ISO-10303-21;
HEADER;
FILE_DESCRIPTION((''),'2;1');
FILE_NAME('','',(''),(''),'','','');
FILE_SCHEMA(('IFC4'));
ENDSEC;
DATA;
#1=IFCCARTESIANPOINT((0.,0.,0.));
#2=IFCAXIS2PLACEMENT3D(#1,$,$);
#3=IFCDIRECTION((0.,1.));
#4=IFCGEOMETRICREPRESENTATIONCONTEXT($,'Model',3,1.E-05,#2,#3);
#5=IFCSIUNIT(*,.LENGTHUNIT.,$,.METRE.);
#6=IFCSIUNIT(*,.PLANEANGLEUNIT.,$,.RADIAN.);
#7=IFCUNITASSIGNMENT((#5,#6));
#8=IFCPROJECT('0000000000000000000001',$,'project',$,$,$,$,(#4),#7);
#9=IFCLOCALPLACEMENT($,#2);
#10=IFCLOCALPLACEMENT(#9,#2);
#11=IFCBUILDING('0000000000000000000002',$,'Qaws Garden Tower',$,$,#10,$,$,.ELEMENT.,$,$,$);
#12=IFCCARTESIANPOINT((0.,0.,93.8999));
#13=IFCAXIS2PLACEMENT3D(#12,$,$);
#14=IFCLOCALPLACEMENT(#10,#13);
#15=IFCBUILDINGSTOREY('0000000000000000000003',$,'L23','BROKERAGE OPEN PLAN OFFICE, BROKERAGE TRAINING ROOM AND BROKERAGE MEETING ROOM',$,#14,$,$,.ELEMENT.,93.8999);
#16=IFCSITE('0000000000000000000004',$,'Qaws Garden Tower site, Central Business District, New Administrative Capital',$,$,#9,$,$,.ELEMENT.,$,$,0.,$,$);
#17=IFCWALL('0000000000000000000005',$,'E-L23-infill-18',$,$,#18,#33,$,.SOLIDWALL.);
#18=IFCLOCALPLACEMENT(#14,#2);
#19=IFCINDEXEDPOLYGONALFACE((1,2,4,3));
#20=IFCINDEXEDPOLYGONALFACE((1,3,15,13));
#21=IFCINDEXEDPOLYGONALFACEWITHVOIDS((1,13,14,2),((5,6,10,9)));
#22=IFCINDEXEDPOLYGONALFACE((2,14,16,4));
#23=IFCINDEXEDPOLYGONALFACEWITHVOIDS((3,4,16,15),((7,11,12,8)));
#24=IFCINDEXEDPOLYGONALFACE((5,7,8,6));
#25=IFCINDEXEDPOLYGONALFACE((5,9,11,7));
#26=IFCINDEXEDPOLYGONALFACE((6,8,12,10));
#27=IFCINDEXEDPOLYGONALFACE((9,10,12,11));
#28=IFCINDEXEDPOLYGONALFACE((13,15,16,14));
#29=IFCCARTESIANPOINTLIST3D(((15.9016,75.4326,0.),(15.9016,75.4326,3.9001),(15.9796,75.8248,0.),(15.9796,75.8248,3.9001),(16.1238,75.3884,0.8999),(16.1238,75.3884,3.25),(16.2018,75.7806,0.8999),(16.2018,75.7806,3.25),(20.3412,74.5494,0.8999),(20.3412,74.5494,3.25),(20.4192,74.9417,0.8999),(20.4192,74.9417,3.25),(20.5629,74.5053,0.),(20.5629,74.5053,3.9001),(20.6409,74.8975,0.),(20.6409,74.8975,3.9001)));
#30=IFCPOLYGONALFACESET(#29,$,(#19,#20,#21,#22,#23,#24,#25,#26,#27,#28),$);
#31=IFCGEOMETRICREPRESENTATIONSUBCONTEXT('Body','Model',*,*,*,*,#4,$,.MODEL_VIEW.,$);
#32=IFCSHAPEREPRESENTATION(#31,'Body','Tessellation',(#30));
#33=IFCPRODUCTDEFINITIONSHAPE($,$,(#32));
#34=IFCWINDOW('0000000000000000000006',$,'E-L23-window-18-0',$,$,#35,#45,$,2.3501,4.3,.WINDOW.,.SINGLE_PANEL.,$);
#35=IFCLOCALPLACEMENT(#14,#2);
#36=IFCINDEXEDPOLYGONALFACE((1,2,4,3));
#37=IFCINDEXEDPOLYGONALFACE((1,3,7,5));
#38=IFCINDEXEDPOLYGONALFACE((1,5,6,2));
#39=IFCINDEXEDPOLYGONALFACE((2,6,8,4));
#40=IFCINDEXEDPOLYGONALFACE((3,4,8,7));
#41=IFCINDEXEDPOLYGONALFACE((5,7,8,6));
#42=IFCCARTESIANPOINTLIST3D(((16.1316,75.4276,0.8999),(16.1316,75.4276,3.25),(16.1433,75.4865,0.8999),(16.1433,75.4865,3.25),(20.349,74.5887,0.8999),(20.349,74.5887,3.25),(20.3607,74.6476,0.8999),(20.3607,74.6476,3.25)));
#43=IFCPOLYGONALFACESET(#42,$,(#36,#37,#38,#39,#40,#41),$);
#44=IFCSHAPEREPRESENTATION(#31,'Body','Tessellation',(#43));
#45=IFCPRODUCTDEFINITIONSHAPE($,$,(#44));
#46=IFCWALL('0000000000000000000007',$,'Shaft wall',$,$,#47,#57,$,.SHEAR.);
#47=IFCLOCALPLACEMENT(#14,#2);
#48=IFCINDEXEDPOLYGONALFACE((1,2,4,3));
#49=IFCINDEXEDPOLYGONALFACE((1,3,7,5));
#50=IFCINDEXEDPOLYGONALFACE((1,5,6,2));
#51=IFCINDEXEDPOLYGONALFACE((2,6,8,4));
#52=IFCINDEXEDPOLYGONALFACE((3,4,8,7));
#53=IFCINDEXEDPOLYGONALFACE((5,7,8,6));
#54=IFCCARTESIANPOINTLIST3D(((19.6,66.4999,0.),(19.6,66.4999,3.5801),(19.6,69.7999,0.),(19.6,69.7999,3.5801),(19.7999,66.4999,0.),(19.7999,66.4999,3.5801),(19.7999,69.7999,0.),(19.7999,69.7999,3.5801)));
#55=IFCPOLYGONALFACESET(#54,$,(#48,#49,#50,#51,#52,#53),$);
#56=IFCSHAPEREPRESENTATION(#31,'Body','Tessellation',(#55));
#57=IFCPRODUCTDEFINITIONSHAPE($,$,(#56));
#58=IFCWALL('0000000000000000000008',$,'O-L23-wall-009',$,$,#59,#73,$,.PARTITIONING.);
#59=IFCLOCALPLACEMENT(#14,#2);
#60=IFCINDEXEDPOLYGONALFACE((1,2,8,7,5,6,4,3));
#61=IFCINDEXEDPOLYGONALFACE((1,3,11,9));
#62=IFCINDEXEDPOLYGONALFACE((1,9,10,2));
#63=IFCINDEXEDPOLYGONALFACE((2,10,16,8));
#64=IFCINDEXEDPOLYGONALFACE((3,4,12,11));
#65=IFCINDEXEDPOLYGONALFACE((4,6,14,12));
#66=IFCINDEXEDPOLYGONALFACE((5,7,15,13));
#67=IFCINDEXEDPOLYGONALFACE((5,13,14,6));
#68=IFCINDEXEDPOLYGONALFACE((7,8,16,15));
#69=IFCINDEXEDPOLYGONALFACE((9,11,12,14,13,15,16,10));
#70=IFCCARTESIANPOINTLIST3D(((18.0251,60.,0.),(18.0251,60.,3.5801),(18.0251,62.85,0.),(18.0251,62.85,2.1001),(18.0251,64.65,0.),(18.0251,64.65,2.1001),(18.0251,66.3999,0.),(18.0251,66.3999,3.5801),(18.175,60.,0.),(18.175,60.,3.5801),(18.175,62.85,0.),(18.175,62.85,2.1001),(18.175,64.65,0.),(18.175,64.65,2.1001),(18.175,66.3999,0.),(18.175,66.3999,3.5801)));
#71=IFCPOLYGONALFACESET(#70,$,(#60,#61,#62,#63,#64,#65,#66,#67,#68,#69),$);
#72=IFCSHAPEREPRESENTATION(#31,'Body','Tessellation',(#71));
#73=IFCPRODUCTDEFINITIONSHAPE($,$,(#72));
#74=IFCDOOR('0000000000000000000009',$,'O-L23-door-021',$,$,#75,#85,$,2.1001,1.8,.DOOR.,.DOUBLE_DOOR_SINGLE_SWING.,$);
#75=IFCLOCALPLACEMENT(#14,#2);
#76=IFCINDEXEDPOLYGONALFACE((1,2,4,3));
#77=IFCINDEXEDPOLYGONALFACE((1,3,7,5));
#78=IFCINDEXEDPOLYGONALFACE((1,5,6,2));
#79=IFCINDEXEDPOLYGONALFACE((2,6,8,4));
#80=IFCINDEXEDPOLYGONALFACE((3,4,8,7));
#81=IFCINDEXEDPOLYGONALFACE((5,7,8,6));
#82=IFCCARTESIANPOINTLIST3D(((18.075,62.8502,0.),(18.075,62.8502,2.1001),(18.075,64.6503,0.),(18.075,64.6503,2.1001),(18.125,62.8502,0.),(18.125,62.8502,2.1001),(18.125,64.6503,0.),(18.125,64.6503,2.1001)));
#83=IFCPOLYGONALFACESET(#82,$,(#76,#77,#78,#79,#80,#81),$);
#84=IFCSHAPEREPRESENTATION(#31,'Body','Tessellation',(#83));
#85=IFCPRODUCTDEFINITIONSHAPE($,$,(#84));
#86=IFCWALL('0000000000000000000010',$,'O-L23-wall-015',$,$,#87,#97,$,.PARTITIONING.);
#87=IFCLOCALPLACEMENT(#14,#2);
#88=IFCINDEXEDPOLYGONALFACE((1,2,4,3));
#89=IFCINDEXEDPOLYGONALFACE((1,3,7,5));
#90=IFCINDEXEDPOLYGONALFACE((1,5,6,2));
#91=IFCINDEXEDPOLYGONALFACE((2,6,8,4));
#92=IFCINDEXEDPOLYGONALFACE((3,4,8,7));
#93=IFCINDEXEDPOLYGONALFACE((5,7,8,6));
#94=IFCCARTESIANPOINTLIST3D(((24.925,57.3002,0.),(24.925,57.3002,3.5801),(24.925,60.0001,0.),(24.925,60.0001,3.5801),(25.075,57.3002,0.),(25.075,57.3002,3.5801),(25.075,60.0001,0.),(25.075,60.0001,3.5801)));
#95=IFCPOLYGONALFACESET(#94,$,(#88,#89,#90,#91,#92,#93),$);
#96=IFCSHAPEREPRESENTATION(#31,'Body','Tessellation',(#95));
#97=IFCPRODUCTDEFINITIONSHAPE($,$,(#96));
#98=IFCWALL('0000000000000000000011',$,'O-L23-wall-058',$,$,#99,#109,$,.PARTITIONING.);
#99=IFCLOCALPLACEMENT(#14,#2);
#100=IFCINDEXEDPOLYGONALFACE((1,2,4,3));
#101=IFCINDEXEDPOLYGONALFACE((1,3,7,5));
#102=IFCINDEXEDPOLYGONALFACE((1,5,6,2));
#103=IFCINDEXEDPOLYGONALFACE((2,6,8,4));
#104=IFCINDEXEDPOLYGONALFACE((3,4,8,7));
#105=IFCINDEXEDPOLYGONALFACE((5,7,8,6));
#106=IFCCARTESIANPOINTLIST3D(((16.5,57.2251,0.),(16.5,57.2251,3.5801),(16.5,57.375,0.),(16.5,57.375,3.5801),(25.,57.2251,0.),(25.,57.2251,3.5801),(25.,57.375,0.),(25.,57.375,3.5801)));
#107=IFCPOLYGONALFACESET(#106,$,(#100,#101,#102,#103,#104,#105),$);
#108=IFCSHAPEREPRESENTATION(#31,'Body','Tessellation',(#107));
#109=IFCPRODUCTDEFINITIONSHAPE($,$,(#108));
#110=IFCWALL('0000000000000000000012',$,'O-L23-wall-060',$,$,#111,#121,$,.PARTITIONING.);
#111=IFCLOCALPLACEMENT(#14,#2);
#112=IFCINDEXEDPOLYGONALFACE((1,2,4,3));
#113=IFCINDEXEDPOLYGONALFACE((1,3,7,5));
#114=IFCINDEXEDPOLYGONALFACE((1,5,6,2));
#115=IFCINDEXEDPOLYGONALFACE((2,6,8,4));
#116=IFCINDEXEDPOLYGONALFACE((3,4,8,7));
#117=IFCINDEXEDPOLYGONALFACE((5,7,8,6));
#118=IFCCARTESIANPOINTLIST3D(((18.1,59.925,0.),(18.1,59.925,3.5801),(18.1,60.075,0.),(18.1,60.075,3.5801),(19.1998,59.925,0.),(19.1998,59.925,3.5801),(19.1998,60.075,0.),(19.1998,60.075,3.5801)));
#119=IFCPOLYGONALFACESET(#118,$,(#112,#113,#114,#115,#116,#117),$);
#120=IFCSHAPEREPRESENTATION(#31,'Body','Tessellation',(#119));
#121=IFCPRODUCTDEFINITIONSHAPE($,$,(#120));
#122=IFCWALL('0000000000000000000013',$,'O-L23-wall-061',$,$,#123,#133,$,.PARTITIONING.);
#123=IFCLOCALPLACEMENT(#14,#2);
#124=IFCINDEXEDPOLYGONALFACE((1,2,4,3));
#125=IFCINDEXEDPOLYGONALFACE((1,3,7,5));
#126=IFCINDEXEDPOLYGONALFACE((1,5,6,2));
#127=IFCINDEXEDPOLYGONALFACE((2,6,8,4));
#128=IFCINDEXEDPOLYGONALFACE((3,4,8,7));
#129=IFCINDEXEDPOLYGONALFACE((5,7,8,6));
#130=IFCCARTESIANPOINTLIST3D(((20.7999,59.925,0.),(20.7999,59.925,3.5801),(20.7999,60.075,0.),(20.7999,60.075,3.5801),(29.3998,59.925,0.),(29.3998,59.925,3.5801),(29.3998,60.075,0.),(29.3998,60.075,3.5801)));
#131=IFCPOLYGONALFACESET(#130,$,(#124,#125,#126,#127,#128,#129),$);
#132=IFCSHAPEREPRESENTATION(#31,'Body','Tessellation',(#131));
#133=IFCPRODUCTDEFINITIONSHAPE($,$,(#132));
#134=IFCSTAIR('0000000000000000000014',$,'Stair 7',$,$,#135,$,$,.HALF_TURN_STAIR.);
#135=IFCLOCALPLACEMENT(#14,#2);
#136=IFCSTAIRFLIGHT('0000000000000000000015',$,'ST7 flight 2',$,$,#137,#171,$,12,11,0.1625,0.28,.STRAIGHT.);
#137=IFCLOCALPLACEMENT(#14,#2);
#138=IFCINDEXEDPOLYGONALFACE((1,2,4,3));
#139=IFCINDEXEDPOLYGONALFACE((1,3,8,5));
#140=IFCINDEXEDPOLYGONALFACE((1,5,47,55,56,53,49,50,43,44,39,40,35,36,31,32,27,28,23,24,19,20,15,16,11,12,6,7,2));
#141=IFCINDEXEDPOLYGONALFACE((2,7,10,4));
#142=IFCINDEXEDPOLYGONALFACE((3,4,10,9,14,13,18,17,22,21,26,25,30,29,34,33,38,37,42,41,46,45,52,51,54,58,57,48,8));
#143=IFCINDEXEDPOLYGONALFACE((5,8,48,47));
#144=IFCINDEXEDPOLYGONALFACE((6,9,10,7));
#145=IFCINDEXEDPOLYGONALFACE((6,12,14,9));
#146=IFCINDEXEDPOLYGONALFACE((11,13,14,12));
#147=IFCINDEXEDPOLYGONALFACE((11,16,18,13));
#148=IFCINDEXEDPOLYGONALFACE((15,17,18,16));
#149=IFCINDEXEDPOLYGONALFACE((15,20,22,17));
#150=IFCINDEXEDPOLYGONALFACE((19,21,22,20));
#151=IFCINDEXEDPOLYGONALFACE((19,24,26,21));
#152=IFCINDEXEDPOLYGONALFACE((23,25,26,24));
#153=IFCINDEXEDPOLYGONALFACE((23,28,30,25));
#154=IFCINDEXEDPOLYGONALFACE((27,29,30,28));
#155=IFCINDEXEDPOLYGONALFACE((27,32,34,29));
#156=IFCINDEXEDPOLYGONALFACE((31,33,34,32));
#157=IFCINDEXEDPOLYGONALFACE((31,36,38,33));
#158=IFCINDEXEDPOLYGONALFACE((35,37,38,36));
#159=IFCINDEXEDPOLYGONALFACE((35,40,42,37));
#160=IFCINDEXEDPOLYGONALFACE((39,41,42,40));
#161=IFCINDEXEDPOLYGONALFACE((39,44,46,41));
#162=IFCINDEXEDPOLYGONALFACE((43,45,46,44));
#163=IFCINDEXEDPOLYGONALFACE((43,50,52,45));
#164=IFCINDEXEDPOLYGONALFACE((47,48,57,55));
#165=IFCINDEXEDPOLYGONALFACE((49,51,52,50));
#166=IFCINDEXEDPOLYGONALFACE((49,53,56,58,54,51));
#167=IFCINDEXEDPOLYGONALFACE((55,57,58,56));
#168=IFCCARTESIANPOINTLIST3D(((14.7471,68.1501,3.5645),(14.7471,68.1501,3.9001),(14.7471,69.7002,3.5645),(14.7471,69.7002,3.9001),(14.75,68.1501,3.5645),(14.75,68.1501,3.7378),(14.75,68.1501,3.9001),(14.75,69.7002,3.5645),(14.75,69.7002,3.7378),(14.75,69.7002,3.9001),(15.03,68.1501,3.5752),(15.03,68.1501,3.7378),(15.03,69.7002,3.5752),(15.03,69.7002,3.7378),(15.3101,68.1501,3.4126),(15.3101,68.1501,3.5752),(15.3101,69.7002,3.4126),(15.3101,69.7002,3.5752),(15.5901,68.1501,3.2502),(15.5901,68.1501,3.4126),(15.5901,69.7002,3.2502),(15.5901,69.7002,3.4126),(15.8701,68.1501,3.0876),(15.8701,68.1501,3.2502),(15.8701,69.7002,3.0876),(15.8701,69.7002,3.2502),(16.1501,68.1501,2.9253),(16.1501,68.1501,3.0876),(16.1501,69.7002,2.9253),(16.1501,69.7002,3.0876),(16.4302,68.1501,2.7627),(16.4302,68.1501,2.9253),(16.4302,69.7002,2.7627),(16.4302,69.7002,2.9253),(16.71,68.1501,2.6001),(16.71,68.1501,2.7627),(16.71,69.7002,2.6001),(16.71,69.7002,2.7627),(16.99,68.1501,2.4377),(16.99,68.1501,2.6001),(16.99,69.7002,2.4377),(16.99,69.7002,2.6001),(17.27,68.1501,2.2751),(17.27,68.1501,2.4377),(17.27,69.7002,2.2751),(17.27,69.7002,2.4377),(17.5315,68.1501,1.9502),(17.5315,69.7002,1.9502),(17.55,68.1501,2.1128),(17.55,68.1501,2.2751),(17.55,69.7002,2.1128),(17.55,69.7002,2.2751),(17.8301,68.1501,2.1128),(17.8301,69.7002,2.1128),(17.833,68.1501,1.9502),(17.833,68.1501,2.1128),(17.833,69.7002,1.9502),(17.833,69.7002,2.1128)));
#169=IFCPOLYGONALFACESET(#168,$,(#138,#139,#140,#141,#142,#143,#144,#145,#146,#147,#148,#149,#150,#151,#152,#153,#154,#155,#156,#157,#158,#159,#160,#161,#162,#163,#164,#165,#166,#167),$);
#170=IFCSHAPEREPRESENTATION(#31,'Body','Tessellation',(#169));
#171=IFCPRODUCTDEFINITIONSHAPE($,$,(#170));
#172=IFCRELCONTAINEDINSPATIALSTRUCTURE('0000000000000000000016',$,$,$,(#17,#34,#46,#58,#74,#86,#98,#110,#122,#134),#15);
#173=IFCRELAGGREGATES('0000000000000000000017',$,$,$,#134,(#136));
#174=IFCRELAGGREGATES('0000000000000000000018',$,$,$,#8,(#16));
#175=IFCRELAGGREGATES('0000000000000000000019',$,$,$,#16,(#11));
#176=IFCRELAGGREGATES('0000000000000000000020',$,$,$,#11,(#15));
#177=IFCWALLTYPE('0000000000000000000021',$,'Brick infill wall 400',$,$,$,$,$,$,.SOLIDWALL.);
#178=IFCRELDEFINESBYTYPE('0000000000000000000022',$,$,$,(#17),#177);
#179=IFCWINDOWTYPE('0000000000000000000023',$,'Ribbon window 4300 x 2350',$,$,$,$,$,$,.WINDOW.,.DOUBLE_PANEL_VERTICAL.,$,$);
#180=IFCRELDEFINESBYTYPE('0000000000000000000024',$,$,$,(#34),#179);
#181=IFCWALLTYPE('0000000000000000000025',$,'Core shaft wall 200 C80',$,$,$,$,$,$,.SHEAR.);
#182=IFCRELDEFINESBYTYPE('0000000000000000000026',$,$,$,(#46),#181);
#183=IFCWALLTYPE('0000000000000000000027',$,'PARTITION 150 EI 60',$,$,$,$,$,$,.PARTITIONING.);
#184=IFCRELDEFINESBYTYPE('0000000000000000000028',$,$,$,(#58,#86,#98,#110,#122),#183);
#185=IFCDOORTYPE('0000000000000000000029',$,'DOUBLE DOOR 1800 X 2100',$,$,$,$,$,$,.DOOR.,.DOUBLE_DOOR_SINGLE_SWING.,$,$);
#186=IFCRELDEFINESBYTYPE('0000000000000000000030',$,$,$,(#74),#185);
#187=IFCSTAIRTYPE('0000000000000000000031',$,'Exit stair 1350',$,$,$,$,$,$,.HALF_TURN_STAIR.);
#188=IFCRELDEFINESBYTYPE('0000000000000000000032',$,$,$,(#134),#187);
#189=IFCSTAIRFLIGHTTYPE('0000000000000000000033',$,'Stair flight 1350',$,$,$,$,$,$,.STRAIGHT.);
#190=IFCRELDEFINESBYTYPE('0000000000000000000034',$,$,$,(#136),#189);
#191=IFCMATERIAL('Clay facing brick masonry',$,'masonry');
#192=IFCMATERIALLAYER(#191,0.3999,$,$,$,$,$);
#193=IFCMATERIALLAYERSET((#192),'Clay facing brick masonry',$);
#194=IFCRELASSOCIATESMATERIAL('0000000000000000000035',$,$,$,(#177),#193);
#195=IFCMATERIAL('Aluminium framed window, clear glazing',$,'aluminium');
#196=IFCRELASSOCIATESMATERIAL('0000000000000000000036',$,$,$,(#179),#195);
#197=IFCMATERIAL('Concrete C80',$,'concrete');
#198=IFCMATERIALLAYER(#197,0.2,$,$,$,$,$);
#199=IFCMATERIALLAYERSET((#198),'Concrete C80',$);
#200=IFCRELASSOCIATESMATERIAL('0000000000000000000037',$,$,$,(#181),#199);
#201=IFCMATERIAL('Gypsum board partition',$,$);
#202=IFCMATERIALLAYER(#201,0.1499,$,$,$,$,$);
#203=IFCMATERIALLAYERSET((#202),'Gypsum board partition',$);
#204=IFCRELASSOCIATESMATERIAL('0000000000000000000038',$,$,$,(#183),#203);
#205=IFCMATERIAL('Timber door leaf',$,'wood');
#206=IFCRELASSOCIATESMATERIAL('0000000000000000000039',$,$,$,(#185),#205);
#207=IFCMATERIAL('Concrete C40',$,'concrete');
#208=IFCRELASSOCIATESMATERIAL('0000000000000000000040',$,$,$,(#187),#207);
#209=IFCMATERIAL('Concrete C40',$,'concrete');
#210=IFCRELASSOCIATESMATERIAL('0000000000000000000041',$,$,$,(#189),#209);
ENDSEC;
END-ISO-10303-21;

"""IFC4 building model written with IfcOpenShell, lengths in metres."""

from ifc_helpers import new_model, si_unit, direction, frame, frame_2d, origin, place, context, subcontext, project, spatial, polyline, rectangle, outline, extrude, material, layer, layer_set, type_object, element, fill, aggregate, save


model = new_model("IFC4")

# Units and contexts
model_context = context("Model", 3, precision=1e-05, world=origin(), true_north=direction((0.0, 1.0)))
body_context = subcontext(model_context, "Body", "Model", "MODEL_VIEW")
ifc_project = project(units=[si_unit("LENGTHUNIT", "METRE"), si_unit("PLANEANGLEUNIT", "RADIAN")], contexts=[model_context])

# Site, building, storey
site_placement = place(None, origin())
site = spatial("IfcSite", under=ifc_project, at=site_placement, Name="Qaws Garden Tower site, Central Business District, New Administrative Capital", CompositionType="ELEMENT", RefElevation=0.0)
building_placement = place(site_placement, origin())
building = spatial("IfcBuilding", under=site, at=building_placement, Name="Qaws Garden Tower", CompositionType="ELEMENT")
storey_placement = place(building_placement, frame((0.0, 0.0, 93.8999)))
storey = spatial("IfcBuildingStorey", under=building, at=storey_placement, Name="L23", Description="BROKERAGE OPEN PLAN OFFICE, BROKERAGE TRAINING ROOM AND BROKERAGE MEETING ROOM", CompositionType="ELEMENT", Elevation=93.8999)

# Wall, opening, window
ifc_material_1 = material(Name="Clay facing brick masonry", Category="masonry")
ifc_layer_1 = layer(ifc_material_1, 0.3999)
ifc_layer_set_1 = layer_set([ifc_layer_1], Name="Clay facing brick masonry")
wall_type_1 = type_object("IfcWallType", Name="Brick infill wall 400", PredefinedType="SOLIDWALL", material=ifc_layer_set_1)
ifc_material_2 = material(Name="Aluminium framed window, clear glazing", Category="aluminium")
window_type = type_object("IfcWindowType", Name="Ribbon window 4300 x 2350", PartitioningType="DOUBLE_PANEL_VERTICAL", PredefinedType="WINDOW", material=ifc_material_2)
wall_1_placement = place(storey_placement, frame((20.6021, 74.7014, 0.0), z_axis=(0.0, 0.0, 1.0), x_axis=(-0.980784, 0.195099, 0.0)))
wall_1 = element("IfcWall", 1, at=wall_1_placement, inside=storey, type_object=wall_type_1, Name="E-L23-infill-18", PredefinedType="SOLIDWALL", context=body_context, shape_type="SweptSolid", body=[
    extrude(rectangle(XDim=4.7527, YDim=0.3999, at=frame_2d((2.3765, 0.0))), origin(), (0.0, 0.0, 1.0), 3.9001),
])
opening_1_placement = place(wall_1_placement, frame((0.2263, 0.0, 0.8999)))
opening_1 = element("IfcOpeningElement", 2, at=opening_1_placement, cuts=wall_1, PredefinedType="OPENING", context=body_context, shape_type="SweptSolid", body=[
    extrude(rectangle(XDim=4.3, YDim=2.3501, at=frame_2d((2.1499, 1.175))), frame((0.0, 0.21, 0.0), z_axis=(0.0, -1.0, 0.0), x_axis=(1.0, 0.0, 0.0)), (0.0, 0.0, 1.0), 0.4199),
])
window_1_placement = place(opening_1_placement, origin())
window_1 = element("IfcWindow", 3, at=window_1_placement, inside=storey, type_object=window_type, Name="E-L23-window-18-0", OverallHeight=2.3501, OverallWidth=4.3, PartitioningType="SINGLE_PANEL", PredefinedType="WINDOW", context=body_context, shape_type="SweptSolid", body=[
    extrude(rectangle(XDim=4.3, YDim=2.3501, at=frame_2d((2.1499, 1.175))), frame((0.0, 0.1599, 0.0), z_axis=(0.0, -1.0, 0.0), x_axis=(1.0, 0.0, 0.0)), (0.0, 0.0, 1.0), 0.0601),
])
fill(opening_1, window_1)

# Wall
ifc_material_3 = material(Name="Concrete C80", Category="concrete")
ifc_layer_2 = layer(ifc_material_3, 0.2)
ifc_layer_set_2 = layer_set([ifc_layer_2], Name="Concrete C80")
wall_type_2 = type_object("IfcWallType", Name="Core shaft wall 200 C80", PredefinedType="SHEAR", material=ifc_layer_set_2)
wall_2_placement = place(storey_placement, frame((19.7, 66.5, 0.0), z_axis=(0.0, 0.0, 1.0), x_axis=(0.0, 1.0, 0.0)))
element("IfcWall", 4, at=wall_2_placement, inside=storey, type_object=wall_type_2, Name="Shaft wall", PredefinedType="SHEAR", context=body_context, shape_type="SweptSolid", body=[
    extrude(rectangle(XDim=3.3, YDim=0.2, at=frame_2d((1.6499, 0.0))), origin(), (0.0, 0.0, 1.0), 3.5801),
])

# Wall, opening, door
ifc_material_4 = material(Name="Gypsum board partition")
ifc_layer_3 = layer(ifc_material_4, 0.1499)
ifc_layer_set_3 = layer_set([ifc_layer_3], Name="Gypsum board partition")
wall_type_3 = type_object("IfcWallType", Name="PARTITION 150 EI 60", PredefinedType="PARTITIONING", material=ifc_layer_set_3)
wall_3_placement = place(storey_placement, frame((18.1001, 60.0, 0.0), z_axis=(0.0, 0.0, 1.0), x_axis=(0.0, 1.0, 0.0)))
wall_3 = element("IfcWall", 5, at=wall_3_placement, inside=storey, type_object=wall_type_3, Name="O-L23-wall-009", PredefinedType="PARTITIONING", context=body_context, shape_type="SweptSolid", body=[
    extrude(rectangle(XDim=6.3999, YDim=0.1499, at=frame_2d((3.2, 0.0))), origin(), (0.0, 0.0, 1.0), 3.5801),
])
opening_2_placement = place(wall_3_placement, frame((2.8501, 0.0, 0.0)))
opening_2 = element("IfcOpeningElement", 6, at=opening_2_placement, cuts=wall_3, PredefinedType="OPENING", context=body_context, shape_type="SweptSolid", body=[
    extrude(rectangle(XDim=1.8, YDim=2.1001, at=frame_2d((0.8999, 1.05))), frame((0.0, 0.085, 0.0), z_axis=(0.0, -1.0, 0.0), x_axis=(1.0, 0.0, 0.0)), (0.0, 0.0, 1.0), 0.1699),
])
ifc_material_5 = material(Name="Timber door leaf", Category="wood")
door_type = type_object("IfcDoorType", Name="DOUBLE DOOR 1800 X 2100", OperationType="DOUBLE_DOOR_SINGLE_SWING", PredefinedType="DOOR", material=ifc_material_5)
door_placement = place(opening_2_placement, frame((1.8, 0.0, 0.0), z_axis=(0.0, 0.0, 1.0), x_axis=(-1.0, 0.0, 0.0)))
door = element("IfcDoor", 7, at=door_placement, inside=storey, type_object=door_type, Name="O-L23-door-021", OperationType="DOUBLE_DOOR_SINGLE_SWING", OverallHeight=2.1001, OverallWidth=1.8, PredefinedType="DOOR", context=body_context, shape_type="SweptSolid", body=[
    extrude(rectangle(XDim=1.8, YDim=2.1001, at=frame_2d((0.8999, 1.05))), frame((0.0, 0.0249, 0.0), z_axis=(0.0, -1.0, 0.0), x_axis=(1.0, 0.0, 0.0)), (0.0, 0.0, 1.0), 0.05),
])
fill(opening_2, door)

# Walls
wall_4_placement = place(storey_placement, frame((25.0, 57.3, 0.0), z_axis=(0.0, 0.0, 1.0), x_axis=(0.0, 1.0, 0.0)))
element("IfcWall", 8, at=wall_4_placement, inside=storey, type_object=wall_type_3, Name="O-L23-wall-015", PredefinedType="PARTITIONING", context=body_context, shape_type="SweptSolid", body=[
    extrude(rectangle(XDim=2.7, YDim=0.1499, at=frame_2d((1.3501, 0.0))), origin(), (0.0, 0.0, 1.0), 3.5801),
])
wall_5_placement = place(storey_placement, frame((16.5, 57.3, 0.0), z_axis=(0.0, 0.0, 1.0), x_axis=(1.0, 0.0, 0.0)))
element("IfcWall", 9, at=wall_5_placement, inside=storey, type_object=wall_type_3, Name="O-L23-wall-058", PredefinedType="PARTITIONING", context=body_context, shape_type="SweptSolid", body=[
    extrude(rectangle(XDim=8.5, YDim=0.1499, at=frame_2d((4.25, 0.0))), origin(), (0.0, 0.0, 1.0), 3.5801),
])
wall_6_placement = place(storey_placement, frame((18.1001, 60.0, 0.0), z_axis=(0.0, 0.0, 1.0), x_axis=(1.0, 0.0, 0.0)))
element("IfcWall", 10, at=wall_6_placement, inside=storey, type_object=wall_type_3, Name="O-L23-wall-060", PredefinedType="PARTITIONING", context=body_context, shape_type="SweptSolid", body=[
    extrude(rectangle(XDim=1.0999, YDim=0.1499, at=frame_2d((0.5498, 0.0))), origin(), (0.0, 0.0, 1.0), 3.5801),
])
wall_7_placement = place(storey_placement, frame((20.8, 60.0, 0.0), z_axis=(0.0, 0.0, 1.0), x_axis=(1.0, 0.0, 0.0)))
element("IfcWall", 11, at=wall_7_placement, inside=storey, type_object=wall_type_3, Name="O-L23-wall-061", PredefinedType="PARTITIONING", context=body_context, shape_type="SweptSolid", body=[
    extrude(rectangle(XDim=8.5999, YDim=0.1499, at=frame_2d((4.2998, 0.0))), origin(), (0.0, 0.0, 1.0), 3.5801),
])

# Stair, stair flight
ifc_material_6 = material(Name="Concrete C40", Category="concrete")
stair_type = type_object("IfcStairType", Name="Exit stair 1350", PredefinedType="HALF_TURN_STAIR", material=ifc_material_6)
stair_placement = place(storey_placement, origin())
stair = element("IfcStair", 12, at=stair_placement, inside=storey, type_object=stair_type, Name="Stair 7", PredefinedType="HALF_TURN_STAIR")
ifc_material_7 = material(Name="Concrete C40", Category="concrete")
stair_flight_type = type_object("IfcStairFlightType", Name="Stair flight 1350", PredefinedType="STRAIGHT", material=ifc_material_7)
stair_flight_placement = place(storey_placement, frame((17.8301, 68.925, 1.9502), z_axis=(0.0, 0.0, 1.0), x_axis=(-1.0, 0.0, 0.0)))
stair_flight = element("IfcStairFlight", 13, at=stair_flight_placement, type_object=stair_flight_type, Name="ST7 flight 2", NumberOfRisers=12, NumberOfTreads=11, PredefinedType="STRAIGHT", RiserHeight=0.1625, TreadLength=0.28, context=body_context, shape_type="SweptSolid", body=[
    extrude(outline(polyline([(-0.0029, 0.0), (-0.0029, 0.1626), (0.0, 0.1626), (0.28, 0.1626), (0.28, 0.325), (0.5601, 0.325), (0.5601, 0.4875), (0.8401, 0.4875), (0.8401, 0.6499), (1.1201, 0.6499), (1.1201, 0.8125), (1.3999, 0.8125), (1.3999, 0.9751), (1.6799, 0.9751), (1.6799, 1.1375), (1.96, 1.1375), (1.96, 1.3), (2.24, 1.3), (2.24, 1.4624), (2.52, 1.4624), (2.52, 1.625), (2.8, 1.625), (2.8, 1.7876), (3.0801, 1.7876), (3.0801, 1.95), (3.083, 1.95), (3.083, 1.6143), (3.0801, 1.6143), (0.2986, 0.0), (-0.0029, 0.0)])), frame((0.0, 0.7749, 0.0), z_axis=(0.0, -1.0, 0.0), x_axis=(1.0, 0.0, 0.0)), (0.0, 0.0, 1.0), 1.55),
])
aggregate(stair, [stair_flight])

save(model, "model.ifc")
